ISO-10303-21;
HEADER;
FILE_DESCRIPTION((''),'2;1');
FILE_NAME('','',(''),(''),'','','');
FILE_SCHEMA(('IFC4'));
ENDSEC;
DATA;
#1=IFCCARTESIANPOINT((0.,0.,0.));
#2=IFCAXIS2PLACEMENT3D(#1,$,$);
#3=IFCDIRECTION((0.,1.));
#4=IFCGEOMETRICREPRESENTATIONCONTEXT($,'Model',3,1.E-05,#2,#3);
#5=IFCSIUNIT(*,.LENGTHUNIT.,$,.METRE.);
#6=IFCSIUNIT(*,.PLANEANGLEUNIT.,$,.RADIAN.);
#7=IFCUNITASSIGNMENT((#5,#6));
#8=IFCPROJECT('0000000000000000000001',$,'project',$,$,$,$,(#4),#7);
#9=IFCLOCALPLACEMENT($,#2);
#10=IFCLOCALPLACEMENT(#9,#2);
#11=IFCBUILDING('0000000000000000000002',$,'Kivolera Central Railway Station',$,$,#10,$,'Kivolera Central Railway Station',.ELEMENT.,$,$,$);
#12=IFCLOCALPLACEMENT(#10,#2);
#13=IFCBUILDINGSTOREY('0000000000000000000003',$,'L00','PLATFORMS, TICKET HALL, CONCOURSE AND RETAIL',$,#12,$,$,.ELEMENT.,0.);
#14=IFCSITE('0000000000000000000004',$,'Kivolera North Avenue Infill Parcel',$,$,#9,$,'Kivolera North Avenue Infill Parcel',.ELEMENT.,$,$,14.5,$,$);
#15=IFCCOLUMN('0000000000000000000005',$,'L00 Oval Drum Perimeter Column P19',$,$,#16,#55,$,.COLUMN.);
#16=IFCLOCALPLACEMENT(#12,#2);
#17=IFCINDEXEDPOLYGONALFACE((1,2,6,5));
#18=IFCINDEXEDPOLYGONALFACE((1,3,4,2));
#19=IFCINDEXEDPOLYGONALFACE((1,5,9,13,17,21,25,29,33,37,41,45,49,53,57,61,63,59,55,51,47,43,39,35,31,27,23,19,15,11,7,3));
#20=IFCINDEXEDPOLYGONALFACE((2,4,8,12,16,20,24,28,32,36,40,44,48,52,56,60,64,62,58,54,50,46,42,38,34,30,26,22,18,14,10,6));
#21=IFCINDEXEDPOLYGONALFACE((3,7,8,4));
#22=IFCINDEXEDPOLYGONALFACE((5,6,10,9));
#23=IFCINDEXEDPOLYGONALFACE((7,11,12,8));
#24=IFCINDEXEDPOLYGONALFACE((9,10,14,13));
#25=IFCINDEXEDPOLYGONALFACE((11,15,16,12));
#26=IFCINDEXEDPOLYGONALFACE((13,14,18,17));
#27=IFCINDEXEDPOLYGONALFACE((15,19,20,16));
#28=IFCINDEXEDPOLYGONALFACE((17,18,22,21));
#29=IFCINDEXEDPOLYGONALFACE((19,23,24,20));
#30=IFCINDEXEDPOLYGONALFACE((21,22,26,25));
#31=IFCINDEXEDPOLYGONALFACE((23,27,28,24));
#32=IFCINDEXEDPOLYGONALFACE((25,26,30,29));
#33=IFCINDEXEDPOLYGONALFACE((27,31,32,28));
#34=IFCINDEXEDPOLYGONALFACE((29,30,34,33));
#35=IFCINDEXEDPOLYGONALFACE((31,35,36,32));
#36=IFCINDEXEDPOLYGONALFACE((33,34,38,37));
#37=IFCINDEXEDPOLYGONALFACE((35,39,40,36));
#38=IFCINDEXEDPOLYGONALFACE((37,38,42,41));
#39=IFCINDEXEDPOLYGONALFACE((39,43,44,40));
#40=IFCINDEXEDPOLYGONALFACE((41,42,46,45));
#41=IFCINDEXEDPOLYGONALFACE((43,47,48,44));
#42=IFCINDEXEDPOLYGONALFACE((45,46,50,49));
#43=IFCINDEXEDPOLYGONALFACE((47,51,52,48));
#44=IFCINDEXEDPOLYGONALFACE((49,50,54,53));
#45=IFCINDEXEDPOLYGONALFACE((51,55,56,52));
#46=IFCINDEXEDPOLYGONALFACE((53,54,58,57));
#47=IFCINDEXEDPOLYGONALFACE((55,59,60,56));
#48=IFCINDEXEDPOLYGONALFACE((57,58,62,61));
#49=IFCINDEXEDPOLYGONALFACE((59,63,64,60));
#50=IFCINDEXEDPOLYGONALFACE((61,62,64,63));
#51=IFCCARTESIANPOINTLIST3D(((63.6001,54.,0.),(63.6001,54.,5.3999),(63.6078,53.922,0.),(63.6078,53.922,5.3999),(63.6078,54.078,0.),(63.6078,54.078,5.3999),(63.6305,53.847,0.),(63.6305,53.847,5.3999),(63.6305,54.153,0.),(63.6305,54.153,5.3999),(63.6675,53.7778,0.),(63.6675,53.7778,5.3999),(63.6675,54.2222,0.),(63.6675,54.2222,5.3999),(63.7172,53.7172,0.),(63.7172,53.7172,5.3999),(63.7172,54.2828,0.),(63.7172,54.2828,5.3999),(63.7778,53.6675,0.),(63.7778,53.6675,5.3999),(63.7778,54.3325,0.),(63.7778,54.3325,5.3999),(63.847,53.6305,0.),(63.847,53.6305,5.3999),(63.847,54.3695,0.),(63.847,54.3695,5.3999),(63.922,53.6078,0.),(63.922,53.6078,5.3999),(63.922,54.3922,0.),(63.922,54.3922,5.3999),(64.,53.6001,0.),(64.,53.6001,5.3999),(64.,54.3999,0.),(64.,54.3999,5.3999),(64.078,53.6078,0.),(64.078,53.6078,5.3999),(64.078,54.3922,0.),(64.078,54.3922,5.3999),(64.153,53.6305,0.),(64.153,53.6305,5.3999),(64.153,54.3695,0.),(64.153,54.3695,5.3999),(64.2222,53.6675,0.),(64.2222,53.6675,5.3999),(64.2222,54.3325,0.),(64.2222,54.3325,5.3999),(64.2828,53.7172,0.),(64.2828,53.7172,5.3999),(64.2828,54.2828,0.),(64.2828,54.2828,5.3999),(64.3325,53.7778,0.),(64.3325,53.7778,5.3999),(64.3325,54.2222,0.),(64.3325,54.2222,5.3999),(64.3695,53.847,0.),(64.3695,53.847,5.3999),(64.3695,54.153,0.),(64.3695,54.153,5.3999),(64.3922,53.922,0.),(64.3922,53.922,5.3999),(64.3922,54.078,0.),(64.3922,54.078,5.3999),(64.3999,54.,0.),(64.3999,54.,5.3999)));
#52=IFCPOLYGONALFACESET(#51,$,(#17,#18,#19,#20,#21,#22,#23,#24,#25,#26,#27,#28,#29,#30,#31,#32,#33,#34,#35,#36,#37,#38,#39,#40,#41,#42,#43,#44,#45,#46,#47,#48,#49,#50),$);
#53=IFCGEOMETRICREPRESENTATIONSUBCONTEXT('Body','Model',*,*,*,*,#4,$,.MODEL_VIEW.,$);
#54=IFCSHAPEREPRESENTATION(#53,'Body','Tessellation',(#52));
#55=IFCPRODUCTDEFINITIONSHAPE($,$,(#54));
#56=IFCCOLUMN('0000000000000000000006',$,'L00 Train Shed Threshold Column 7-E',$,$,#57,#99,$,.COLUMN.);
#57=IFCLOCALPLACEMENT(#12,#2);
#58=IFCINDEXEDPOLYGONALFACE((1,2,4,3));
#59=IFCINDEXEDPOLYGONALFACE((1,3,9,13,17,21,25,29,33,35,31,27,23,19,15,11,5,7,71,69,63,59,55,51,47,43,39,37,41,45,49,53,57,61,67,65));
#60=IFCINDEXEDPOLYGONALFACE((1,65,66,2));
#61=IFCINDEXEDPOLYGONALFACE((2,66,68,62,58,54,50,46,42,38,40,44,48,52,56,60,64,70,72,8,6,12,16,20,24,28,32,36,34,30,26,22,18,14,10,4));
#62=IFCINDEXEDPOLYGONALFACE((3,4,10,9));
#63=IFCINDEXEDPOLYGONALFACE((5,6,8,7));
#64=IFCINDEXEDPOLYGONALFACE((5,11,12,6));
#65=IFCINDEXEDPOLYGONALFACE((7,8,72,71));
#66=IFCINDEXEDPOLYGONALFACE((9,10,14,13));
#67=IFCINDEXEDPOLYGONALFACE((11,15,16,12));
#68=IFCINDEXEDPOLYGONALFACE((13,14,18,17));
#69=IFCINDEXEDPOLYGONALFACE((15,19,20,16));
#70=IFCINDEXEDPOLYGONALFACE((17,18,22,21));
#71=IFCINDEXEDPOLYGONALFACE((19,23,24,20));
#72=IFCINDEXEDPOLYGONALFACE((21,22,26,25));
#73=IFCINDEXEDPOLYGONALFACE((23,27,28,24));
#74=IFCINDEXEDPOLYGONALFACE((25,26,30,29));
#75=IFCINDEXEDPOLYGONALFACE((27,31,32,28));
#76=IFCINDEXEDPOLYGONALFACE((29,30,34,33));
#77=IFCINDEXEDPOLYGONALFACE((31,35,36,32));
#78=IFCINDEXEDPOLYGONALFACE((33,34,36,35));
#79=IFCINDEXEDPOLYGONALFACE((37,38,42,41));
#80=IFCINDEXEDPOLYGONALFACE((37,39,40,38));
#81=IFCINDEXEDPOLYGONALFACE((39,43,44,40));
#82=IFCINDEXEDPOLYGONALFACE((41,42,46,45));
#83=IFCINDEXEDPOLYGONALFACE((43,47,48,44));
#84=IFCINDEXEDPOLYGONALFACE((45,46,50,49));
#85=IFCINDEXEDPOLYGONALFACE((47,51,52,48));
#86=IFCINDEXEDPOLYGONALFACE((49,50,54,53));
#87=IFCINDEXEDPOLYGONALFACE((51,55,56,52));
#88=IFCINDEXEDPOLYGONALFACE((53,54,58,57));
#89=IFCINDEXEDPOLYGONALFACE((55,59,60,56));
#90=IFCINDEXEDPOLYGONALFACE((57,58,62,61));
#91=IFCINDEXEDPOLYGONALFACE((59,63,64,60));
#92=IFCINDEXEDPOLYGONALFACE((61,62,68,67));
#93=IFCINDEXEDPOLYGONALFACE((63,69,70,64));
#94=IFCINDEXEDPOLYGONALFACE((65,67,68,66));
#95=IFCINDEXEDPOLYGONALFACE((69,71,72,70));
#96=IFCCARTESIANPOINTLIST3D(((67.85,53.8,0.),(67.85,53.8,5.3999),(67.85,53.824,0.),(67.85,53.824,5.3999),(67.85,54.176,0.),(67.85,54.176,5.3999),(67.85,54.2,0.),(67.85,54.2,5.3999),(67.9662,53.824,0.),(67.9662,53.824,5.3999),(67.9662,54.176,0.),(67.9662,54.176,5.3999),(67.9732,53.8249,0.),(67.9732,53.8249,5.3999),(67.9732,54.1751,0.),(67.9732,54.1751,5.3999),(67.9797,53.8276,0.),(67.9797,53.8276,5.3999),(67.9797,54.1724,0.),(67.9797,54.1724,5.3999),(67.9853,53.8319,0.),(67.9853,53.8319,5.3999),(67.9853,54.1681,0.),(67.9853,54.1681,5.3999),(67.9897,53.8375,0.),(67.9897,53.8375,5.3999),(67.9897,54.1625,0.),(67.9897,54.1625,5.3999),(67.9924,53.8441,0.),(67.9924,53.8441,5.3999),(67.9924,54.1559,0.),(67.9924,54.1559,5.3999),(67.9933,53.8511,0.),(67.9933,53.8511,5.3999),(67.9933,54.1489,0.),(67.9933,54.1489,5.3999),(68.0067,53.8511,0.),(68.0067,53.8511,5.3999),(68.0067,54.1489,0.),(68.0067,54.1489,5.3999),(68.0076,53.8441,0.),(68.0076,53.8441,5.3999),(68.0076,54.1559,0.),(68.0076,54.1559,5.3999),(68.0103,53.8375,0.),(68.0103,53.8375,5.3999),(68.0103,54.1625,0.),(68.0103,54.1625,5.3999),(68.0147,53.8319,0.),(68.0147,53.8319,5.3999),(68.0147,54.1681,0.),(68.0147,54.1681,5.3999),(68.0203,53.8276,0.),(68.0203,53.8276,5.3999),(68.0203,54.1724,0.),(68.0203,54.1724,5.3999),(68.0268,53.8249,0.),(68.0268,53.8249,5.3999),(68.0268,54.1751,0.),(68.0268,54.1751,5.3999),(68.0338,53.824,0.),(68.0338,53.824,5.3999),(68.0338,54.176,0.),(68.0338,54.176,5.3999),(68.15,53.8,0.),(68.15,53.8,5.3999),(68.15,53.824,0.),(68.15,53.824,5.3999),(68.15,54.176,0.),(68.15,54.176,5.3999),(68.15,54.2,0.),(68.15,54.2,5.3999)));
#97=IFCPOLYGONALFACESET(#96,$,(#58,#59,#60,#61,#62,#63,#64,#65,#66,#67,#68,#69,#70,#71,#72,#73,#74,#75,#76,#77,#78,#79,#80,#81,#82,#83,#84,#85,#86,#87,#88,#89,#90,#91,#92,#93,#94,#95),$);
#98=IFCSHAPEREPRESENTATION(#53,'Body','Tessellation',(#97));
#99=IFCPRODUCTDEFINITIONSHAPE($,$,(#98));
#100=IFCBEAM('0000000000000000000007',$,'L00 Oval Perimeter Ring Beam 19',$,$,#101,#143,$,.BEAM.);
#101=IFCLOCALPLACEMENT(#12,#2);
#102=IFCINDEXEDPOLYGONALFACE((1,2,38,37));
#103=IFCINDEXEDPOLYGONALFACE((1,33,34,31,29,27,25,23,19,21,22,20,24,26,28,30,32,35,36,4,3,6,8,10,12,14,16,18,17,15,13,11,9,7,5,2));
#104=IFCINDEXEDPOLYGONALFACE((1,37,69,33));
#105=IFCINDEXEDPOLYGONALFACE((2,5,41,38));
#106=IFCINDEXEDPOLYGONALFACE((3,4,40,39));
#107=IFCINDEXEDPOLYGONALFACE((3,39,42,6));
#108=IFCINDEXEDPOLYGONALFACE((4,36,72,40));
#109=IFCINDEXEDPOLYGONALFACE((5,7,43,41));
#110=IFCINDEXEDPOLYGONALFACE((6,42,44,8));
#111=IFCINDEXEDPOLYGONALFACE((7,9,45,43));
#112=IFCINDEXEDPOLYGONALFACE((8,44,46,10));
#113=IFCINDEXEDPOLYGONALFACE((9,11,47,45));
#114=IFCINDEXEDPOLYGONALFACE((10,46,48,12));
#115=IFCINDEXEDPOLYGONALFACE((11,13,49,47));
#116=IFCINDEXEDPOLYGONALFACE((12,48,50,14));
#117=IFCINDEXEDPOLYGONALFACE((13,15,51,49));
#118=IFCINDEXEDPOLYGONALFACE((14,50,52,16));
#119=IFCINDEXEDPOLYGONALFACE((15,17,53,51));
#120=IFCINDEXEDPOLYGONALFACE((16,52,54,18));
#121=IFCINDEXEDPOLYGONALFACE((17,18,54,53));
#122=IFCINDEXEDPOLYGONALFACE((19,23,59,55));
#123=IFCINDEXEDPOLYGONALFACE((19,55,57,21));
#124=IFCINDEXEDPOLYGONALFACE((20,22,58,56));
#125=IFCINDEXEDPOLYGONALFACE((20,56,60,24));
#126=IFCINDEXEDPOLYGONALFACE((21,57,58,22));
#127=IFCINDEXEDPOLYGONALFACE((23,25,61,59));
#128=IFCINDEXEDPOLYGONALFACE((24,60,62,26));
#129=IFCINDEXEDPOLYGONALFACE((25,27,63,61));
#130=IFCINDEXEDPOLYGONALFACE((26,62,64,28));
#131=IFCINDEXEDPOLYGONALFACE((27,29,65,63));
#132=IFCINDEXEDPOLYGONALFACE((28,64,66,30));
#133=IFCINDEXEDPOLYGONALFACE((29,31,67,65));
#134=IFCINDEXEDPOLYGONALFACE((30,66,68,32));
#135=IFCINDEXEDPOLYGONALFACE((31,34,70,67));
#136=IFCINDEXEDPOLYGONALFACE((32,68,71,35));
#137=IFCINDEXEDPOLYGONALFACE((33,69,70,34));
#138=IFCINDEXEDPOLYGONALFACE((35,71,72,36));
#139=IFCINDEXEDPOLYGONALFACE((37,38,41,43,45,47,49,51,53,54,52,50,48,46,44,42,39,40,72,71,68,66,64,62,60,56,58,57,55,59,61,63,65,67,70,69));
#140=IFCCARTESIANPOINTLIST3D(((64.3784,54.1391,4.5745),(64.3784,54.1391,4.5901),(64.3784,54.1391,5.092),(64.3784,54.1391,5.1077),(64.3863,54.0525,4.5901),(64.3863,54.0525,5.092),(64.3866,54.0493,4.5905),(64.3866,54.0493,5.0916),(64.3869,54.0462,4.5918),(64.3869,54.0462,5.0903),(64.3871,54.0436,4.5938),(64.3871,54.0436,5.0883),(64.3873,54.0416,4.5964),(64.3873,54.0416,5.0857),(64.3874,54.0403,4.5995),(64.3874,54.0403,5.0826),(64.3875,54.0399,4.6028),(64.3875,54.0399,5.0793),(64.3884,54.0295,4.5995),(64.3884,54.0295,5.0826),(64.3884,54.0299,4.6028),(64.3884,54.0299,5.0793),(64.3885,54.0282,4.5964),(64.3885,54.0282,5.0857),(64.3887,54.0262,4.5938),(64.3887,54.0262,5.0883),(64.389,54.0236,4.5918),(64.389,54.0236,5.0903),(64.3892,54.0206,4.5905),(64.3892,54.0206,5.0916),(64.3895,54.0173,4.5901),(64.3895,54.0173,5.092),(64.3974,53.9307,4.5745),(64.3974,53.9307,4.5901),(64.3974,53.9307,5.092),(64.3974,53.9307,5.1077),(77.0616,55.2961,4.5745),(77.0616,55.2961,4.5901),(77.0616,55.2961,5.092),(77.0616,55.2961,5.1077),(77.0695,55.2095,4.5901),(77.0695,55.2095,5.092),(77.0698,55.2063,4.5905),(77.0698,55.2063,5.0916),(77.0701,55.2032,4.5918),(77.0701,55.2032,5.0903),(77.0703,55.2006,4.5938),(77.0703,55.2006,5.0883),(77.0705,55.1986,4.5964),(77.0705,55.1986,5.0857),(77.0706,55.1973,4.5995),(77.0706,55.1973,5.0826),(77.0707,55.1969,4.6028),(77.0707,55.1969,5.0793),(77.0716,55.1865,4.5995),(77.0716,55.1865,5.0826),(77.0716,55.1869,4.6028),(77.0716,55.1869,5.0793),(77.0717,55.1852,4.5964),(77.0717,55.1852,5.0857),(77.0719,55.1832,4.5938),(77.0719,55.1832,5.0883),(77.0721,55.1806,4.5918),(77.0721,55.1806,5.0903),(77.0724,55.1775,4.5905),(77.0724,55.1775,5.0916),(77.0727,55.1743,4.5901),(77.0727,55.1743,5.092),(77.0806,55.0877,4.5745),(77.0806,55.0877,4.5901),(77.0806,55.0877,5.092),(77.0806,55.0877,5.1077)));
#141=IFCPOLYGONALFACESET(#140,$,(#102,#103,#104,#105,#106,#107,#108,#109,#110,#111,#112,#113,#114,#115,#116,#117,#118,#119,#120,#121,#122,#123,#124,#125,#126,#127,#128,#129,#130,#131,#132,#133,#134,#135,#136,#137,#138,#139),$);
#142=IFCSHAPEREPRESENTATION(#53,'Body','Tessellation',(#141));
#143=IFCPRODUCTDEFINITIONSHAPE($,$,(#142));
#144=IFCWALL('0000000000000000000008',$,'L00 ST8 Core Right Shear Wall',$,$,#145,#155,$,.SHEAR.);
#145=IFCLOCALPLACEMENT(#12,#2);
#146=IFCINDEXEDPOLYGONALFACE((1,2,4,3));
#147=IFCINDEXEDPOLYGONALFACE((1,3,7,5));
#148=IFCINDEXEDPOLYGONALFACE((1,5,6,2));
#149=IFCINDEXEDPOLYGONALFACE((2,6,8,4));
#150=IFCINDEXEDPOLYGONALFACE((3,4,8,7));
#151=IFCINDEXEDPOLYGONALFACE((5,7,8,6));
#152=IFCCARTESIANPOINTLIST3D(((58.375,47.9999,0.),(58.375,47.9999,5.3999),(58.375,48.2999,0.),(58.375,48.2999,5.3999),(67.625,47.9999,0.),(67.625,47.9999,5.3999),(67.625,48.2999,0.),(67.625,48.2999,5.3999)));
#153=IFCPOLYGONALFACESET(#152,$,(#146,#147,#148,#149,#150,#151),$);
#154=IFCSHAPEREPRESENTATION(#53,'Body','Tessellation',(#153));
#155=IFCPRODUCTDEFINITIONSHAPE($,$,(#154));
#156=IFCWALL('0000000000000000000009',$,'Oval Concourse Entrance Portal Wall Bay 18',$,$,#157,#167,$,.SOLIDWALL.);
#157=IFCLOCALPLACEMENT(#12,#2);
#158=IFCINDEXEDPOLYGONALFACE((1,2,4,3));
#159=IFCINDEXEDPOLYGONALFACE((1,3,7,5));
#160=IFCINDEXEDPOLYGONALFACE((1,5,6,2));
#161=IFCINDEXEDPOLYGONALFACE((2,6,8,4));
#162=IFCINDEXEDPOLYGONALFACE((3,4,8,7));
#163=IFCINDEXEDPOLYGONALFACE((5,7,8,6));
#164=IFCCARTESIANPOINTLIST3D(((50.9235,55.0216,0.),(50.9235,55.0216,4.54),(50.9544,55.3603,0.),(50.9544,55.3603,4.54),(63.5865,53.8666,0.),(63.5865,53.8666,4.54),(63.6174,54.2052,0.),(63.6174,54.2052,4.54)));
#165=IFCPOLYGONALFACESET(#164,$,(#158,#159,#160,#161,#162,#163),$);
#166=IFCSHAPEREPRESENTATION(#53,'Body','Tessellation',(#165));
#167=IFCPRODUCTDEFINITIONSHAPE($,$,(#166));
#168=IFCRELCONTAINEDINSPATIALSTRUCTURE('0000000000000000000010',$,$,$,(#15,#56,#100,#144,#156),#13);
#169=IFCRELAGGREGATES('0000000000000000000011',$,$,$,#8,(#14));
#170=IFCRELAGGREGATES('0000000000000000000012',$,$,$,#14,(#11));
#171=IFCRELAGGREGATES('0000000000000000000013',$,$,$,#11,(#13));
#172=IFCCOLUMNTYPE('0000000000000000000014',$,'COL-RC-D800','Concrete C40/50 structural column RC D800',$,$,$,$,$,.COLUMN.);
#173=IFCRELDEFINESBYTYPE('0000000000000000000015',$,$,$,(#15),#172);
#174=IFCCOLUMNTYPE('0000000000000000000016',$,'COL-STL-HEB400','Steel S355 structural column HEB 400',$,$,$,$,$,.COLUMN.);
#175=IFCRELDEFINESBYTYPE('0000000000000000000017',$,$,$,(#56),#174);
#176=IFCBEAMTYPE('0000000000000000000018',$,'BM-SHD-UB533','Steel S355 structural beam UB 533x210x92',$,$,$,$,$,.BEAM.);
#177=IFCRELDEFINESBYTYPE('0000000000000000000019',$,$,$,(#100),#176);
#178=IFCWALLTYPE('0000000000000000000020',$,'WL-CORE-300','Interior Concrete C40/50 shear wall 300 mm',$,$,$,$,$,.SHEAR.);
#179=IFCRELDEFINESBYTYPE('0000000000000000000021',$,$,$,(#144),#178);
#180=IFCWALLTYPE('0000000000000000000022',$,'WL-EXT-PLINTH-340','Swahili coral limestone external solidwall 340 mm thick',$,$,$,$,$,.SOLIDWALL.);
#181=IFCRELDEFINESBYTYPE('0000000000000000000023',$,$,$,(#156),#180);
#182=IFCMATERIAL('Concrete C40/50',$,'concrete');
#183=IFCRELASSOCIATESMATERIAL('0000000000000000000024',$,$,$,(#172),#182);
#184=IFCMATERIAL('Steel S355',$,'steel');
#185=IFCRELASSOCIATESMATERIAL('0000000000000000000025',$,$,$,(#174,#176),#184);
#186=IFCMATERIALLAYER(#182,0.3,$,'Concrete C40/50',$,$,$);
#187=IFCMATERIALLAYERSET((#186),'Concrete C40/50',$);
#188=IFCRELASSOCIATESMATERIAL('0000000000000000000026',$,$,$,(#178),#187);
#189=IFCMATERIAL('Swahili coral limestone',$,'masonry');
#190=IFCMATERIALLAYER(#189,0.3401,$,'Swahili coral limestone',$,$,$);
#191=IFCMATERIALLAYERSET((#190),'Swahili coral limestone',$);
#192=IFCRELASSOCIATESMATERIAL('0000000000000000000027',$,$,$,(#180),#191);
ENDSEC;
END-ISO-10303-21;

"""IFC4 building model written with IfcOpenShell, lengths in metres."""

from ifc_helpers import new_model, si_unit, direction, frame, frame_2d, origin, origin_2d, place, context, subcontext, project, spatial, rectangle, circle, i_section, extrude, material, layer, layer_set, material_profile, profile_set, type_object, element, save


model = new_model("IFC4")

# Units and contexts
model_context = context("Model", 3, precision=1e-05, world=origin(), true_north=direction((0.0, 1.0)))
body_context = subcontext(model_context, "Body", "Model", "MODEL_VIEW")
ifc_project = project(units=[si_unit("LENGTHUNIT", "METRE"), si_unit("PLANEANGLEUNIT", "RADIAN")], contexts=[model_context])

# Site, building, storey
site_placement = place(None, origin())
site = spatial("IfcSite", under=ifc_project, at=site_placement, Name="Kivolera North Avenue Infill Parcel", LongName="Kivolera North Avenue Infill Parcel", CompositionType="ELEMENT", RefElevation=14.5)
building_placement = place(site_placement, origin())
building = spatial("IfcBuilding", under=site, at=building_placement, Name="Kivolera Central Railway Station", LongName="Kivolera Central Railway Station", CompositionType="ELEMENT")
storey_placement = place(building_placement, origin())
storey = spatial("IfcBuildingStorey", under=building, at=storey_placement, Name="L00", Description="PLATFORMS, TICKET HALL, CONCOURSE AND RETAIL", CompositionType="ELEMENT", Elevation=0.0)

# Columns
ifc_material_1 = material(Name="Concrete C40/50", Category="concrete")
ifc_material_profile_1 = material_profile(ifc_material_1, circle(Radius=0.3999, at=origin_2d()), Name="RC D800")
ifc_profile_set_1 = profile_set([ifc_material_profile_1], Name="Concrete C40/50")
column_type_1 = type_object("IfcColumnType", Name="COL-RC-D800", Description="Concrete C40/50 structural column RC D800", PredefinedType="COLUMN", material=ifc_profile_set_1)
column_1_placement = place(storey_placement, frame((64.0, 54.0, 0.0), z_axis=(0.0, 0.0, 1.0), x_axis=(1.0, 0.0, 0.0)))
element("IfcColumn", 1, at=column_1_placement, inside=storey, type_object=column_type_1, Name="L00 Oval Drum Perimeter Column P19", PredefinedType="COLUMN", context=body_context, shape_type="SweptSolid", body=[
    extrude(circle(Radius=0.3999, at=origin_2d()), origin(), (0.0, 0.0, 1.0), 5.3999),
])
ifc_material_2 = material(Name="Steel S355", Category="steel")
ifc_material_profile_2 = material_profile(ifc_material_2, i_section(OverallWidth=0.3, OverallDepth=0.3999, WebThickness=0.0134, FlangeThickness=0.0239, FilletRadius=0.0271, at=origin_2d()), Name="HEB 400")
ifc_profile_set_2 = profile_set([ifc_material_profile_2], Name="Steel S355")
column_type_2 = type_object("IfcColumnType", Name="COL-STL-HEB400", Description="Steel S355 structural column HEB 400", PredefinedType="COLUMN", material=ifc_profile_set_2)
column_2_placement = place(storey_placement, frame((68.0, 54.0, 0.0), z_axis=(0.0, 0.0, 1.0), x_axis=(1.0, 0.0, 0.0)))
element("IfcColumn", 2, at=column_2_placement, inside=storey, type_object=column_type_2, Name="L00 Train Shed Threshold Column 7-E", PredefinedType="COLUMN", context=body_context, shape_type="SweptSolid", body=[
    extrude(i_section(OverallWidth=0.3, OverallDepth=0.3999, WebThickness=0.0134, FlangeThickness=0.0239, FilletRadius=0.0271, at=origin_2d()), origin(), (0.0, 0.0, 1.0), 5.3999),
])

# Beam
ifc_material_profile_3 = material_profile(ifc_material_2, i_section(OverallWidth=0.2092, OverallDepth=0.5332, WebThickness=0.01, FlangeThickness=0.0156, FilletRadius=0.0127, at=origin_2d()), Name="UB 533x210x92")
ifc_profile_set_3 = profile_set([ifc_material_profile_3], Name="Steel S355")
beam_type = type_object("IfcBeamType", Name="BM-SHD-UB533", Description="Steel S355 structural beam UB 533x210x92", PredefinedType="BEAM", material=ifc_profile_set_3)
beam_placement = place(storey_placement, frame((64.3879, 54.0349, 4.8411), z_axis=(0.995865, 0.090845, 0.0), x_axis=(-0.090845, 0.995865, 0.0)))
element("IfcBeam", 3, at=beam_placement, inside=storey, type_object=beam_type, Name="L00 Oval Perimeter Ring Beam 19", PredefinedType="BEAM", context=body_context, shape_type="SweptSolid", body=[
    extrude(i_section(OverallWidth=0.2092, OverallDepth=0.5332, WebThickness=0.01, FlangeThickness=0.0156, FilletRadius=0.0127, at=origin_2d()), origin(), (0.0, 0.0, 1.0), 12.7358),
])

# Wall
ifc_layer_1 = layer(ifc_material_1, 0.3, Name="Concrete C40/50")
ifc_layer_set_1 = layer_set([ifc_layer_1], Name="Concrete C40/50")
wall_type_1 = type_object("IfcWallType", Name="WL-CORE-300", Description="Interior Concrete C40/50 shear wall 300 mm", PredefinedType="SHEAR", material=ifc_layer_set_1)
wall_1_placement = place(storey_placement, frame((67.625, 48.1499, 0.0), z_axis=(0.0, 0.0, 1.0), x_axis=(-1.0, 0.0, 0.0)))
element("IfcWall", 4, at=wall_1_placement, inside=storey, type_object=wall_type_1, Name="L00 ST8 Core Right Shear Wall", PredefinedType="SHEAR", context=body_context, shape_type="SweptSolid", body=[
    extrude(rectangle(XDim=9.25, YDim=0.3, at=frame_2d((4.625, 0.0))), origin(), (0.0, 0.0, 1.0), 5.3999),
])

# Wall
ifc_material_3 = material(Name="Swahili coral limestone", Category="masonry")
ifc_layer_2 = layer(ifc_material_3, 0.3401, Name="Swahili coral limestone")
ifc_layer_set_2 = layer_set([ifc_layer_2], Name="Swahili coral limestone")
wall_type_2 = type_object("IfcWallType", Name="WL-EXT-PLINTH-340", Description="Swahili coral limestone external solidwall 340 mm thick", PredefinedType="SOLIDWALL", material=ifc_layer_set_2)
wall_2_placement = place(storey_placement, frame((63.6021, 54.0359, 0.0), z_axis=(0.0, 0.0, 1.0), x_axis=(-0.995866, 0.090835, 0.0)))
element("IfcWall", 5, at=wall_2_placement, inside=storey, type_object=wall_type_2, Name="Oval Concourse Entrance Portal Wall Bay 18", PredefinedType="SOLIDWALL", context=body_context, shape_type="SweptSolid", body=[
    extrude(rectangle(XDim=12.7156, YDim=0.3401, at=frame_2d((6.3579, 0.0))), origin(), (0.0, 0.0, 1.0), 4.54),
])

save(model, "model.ifc")
